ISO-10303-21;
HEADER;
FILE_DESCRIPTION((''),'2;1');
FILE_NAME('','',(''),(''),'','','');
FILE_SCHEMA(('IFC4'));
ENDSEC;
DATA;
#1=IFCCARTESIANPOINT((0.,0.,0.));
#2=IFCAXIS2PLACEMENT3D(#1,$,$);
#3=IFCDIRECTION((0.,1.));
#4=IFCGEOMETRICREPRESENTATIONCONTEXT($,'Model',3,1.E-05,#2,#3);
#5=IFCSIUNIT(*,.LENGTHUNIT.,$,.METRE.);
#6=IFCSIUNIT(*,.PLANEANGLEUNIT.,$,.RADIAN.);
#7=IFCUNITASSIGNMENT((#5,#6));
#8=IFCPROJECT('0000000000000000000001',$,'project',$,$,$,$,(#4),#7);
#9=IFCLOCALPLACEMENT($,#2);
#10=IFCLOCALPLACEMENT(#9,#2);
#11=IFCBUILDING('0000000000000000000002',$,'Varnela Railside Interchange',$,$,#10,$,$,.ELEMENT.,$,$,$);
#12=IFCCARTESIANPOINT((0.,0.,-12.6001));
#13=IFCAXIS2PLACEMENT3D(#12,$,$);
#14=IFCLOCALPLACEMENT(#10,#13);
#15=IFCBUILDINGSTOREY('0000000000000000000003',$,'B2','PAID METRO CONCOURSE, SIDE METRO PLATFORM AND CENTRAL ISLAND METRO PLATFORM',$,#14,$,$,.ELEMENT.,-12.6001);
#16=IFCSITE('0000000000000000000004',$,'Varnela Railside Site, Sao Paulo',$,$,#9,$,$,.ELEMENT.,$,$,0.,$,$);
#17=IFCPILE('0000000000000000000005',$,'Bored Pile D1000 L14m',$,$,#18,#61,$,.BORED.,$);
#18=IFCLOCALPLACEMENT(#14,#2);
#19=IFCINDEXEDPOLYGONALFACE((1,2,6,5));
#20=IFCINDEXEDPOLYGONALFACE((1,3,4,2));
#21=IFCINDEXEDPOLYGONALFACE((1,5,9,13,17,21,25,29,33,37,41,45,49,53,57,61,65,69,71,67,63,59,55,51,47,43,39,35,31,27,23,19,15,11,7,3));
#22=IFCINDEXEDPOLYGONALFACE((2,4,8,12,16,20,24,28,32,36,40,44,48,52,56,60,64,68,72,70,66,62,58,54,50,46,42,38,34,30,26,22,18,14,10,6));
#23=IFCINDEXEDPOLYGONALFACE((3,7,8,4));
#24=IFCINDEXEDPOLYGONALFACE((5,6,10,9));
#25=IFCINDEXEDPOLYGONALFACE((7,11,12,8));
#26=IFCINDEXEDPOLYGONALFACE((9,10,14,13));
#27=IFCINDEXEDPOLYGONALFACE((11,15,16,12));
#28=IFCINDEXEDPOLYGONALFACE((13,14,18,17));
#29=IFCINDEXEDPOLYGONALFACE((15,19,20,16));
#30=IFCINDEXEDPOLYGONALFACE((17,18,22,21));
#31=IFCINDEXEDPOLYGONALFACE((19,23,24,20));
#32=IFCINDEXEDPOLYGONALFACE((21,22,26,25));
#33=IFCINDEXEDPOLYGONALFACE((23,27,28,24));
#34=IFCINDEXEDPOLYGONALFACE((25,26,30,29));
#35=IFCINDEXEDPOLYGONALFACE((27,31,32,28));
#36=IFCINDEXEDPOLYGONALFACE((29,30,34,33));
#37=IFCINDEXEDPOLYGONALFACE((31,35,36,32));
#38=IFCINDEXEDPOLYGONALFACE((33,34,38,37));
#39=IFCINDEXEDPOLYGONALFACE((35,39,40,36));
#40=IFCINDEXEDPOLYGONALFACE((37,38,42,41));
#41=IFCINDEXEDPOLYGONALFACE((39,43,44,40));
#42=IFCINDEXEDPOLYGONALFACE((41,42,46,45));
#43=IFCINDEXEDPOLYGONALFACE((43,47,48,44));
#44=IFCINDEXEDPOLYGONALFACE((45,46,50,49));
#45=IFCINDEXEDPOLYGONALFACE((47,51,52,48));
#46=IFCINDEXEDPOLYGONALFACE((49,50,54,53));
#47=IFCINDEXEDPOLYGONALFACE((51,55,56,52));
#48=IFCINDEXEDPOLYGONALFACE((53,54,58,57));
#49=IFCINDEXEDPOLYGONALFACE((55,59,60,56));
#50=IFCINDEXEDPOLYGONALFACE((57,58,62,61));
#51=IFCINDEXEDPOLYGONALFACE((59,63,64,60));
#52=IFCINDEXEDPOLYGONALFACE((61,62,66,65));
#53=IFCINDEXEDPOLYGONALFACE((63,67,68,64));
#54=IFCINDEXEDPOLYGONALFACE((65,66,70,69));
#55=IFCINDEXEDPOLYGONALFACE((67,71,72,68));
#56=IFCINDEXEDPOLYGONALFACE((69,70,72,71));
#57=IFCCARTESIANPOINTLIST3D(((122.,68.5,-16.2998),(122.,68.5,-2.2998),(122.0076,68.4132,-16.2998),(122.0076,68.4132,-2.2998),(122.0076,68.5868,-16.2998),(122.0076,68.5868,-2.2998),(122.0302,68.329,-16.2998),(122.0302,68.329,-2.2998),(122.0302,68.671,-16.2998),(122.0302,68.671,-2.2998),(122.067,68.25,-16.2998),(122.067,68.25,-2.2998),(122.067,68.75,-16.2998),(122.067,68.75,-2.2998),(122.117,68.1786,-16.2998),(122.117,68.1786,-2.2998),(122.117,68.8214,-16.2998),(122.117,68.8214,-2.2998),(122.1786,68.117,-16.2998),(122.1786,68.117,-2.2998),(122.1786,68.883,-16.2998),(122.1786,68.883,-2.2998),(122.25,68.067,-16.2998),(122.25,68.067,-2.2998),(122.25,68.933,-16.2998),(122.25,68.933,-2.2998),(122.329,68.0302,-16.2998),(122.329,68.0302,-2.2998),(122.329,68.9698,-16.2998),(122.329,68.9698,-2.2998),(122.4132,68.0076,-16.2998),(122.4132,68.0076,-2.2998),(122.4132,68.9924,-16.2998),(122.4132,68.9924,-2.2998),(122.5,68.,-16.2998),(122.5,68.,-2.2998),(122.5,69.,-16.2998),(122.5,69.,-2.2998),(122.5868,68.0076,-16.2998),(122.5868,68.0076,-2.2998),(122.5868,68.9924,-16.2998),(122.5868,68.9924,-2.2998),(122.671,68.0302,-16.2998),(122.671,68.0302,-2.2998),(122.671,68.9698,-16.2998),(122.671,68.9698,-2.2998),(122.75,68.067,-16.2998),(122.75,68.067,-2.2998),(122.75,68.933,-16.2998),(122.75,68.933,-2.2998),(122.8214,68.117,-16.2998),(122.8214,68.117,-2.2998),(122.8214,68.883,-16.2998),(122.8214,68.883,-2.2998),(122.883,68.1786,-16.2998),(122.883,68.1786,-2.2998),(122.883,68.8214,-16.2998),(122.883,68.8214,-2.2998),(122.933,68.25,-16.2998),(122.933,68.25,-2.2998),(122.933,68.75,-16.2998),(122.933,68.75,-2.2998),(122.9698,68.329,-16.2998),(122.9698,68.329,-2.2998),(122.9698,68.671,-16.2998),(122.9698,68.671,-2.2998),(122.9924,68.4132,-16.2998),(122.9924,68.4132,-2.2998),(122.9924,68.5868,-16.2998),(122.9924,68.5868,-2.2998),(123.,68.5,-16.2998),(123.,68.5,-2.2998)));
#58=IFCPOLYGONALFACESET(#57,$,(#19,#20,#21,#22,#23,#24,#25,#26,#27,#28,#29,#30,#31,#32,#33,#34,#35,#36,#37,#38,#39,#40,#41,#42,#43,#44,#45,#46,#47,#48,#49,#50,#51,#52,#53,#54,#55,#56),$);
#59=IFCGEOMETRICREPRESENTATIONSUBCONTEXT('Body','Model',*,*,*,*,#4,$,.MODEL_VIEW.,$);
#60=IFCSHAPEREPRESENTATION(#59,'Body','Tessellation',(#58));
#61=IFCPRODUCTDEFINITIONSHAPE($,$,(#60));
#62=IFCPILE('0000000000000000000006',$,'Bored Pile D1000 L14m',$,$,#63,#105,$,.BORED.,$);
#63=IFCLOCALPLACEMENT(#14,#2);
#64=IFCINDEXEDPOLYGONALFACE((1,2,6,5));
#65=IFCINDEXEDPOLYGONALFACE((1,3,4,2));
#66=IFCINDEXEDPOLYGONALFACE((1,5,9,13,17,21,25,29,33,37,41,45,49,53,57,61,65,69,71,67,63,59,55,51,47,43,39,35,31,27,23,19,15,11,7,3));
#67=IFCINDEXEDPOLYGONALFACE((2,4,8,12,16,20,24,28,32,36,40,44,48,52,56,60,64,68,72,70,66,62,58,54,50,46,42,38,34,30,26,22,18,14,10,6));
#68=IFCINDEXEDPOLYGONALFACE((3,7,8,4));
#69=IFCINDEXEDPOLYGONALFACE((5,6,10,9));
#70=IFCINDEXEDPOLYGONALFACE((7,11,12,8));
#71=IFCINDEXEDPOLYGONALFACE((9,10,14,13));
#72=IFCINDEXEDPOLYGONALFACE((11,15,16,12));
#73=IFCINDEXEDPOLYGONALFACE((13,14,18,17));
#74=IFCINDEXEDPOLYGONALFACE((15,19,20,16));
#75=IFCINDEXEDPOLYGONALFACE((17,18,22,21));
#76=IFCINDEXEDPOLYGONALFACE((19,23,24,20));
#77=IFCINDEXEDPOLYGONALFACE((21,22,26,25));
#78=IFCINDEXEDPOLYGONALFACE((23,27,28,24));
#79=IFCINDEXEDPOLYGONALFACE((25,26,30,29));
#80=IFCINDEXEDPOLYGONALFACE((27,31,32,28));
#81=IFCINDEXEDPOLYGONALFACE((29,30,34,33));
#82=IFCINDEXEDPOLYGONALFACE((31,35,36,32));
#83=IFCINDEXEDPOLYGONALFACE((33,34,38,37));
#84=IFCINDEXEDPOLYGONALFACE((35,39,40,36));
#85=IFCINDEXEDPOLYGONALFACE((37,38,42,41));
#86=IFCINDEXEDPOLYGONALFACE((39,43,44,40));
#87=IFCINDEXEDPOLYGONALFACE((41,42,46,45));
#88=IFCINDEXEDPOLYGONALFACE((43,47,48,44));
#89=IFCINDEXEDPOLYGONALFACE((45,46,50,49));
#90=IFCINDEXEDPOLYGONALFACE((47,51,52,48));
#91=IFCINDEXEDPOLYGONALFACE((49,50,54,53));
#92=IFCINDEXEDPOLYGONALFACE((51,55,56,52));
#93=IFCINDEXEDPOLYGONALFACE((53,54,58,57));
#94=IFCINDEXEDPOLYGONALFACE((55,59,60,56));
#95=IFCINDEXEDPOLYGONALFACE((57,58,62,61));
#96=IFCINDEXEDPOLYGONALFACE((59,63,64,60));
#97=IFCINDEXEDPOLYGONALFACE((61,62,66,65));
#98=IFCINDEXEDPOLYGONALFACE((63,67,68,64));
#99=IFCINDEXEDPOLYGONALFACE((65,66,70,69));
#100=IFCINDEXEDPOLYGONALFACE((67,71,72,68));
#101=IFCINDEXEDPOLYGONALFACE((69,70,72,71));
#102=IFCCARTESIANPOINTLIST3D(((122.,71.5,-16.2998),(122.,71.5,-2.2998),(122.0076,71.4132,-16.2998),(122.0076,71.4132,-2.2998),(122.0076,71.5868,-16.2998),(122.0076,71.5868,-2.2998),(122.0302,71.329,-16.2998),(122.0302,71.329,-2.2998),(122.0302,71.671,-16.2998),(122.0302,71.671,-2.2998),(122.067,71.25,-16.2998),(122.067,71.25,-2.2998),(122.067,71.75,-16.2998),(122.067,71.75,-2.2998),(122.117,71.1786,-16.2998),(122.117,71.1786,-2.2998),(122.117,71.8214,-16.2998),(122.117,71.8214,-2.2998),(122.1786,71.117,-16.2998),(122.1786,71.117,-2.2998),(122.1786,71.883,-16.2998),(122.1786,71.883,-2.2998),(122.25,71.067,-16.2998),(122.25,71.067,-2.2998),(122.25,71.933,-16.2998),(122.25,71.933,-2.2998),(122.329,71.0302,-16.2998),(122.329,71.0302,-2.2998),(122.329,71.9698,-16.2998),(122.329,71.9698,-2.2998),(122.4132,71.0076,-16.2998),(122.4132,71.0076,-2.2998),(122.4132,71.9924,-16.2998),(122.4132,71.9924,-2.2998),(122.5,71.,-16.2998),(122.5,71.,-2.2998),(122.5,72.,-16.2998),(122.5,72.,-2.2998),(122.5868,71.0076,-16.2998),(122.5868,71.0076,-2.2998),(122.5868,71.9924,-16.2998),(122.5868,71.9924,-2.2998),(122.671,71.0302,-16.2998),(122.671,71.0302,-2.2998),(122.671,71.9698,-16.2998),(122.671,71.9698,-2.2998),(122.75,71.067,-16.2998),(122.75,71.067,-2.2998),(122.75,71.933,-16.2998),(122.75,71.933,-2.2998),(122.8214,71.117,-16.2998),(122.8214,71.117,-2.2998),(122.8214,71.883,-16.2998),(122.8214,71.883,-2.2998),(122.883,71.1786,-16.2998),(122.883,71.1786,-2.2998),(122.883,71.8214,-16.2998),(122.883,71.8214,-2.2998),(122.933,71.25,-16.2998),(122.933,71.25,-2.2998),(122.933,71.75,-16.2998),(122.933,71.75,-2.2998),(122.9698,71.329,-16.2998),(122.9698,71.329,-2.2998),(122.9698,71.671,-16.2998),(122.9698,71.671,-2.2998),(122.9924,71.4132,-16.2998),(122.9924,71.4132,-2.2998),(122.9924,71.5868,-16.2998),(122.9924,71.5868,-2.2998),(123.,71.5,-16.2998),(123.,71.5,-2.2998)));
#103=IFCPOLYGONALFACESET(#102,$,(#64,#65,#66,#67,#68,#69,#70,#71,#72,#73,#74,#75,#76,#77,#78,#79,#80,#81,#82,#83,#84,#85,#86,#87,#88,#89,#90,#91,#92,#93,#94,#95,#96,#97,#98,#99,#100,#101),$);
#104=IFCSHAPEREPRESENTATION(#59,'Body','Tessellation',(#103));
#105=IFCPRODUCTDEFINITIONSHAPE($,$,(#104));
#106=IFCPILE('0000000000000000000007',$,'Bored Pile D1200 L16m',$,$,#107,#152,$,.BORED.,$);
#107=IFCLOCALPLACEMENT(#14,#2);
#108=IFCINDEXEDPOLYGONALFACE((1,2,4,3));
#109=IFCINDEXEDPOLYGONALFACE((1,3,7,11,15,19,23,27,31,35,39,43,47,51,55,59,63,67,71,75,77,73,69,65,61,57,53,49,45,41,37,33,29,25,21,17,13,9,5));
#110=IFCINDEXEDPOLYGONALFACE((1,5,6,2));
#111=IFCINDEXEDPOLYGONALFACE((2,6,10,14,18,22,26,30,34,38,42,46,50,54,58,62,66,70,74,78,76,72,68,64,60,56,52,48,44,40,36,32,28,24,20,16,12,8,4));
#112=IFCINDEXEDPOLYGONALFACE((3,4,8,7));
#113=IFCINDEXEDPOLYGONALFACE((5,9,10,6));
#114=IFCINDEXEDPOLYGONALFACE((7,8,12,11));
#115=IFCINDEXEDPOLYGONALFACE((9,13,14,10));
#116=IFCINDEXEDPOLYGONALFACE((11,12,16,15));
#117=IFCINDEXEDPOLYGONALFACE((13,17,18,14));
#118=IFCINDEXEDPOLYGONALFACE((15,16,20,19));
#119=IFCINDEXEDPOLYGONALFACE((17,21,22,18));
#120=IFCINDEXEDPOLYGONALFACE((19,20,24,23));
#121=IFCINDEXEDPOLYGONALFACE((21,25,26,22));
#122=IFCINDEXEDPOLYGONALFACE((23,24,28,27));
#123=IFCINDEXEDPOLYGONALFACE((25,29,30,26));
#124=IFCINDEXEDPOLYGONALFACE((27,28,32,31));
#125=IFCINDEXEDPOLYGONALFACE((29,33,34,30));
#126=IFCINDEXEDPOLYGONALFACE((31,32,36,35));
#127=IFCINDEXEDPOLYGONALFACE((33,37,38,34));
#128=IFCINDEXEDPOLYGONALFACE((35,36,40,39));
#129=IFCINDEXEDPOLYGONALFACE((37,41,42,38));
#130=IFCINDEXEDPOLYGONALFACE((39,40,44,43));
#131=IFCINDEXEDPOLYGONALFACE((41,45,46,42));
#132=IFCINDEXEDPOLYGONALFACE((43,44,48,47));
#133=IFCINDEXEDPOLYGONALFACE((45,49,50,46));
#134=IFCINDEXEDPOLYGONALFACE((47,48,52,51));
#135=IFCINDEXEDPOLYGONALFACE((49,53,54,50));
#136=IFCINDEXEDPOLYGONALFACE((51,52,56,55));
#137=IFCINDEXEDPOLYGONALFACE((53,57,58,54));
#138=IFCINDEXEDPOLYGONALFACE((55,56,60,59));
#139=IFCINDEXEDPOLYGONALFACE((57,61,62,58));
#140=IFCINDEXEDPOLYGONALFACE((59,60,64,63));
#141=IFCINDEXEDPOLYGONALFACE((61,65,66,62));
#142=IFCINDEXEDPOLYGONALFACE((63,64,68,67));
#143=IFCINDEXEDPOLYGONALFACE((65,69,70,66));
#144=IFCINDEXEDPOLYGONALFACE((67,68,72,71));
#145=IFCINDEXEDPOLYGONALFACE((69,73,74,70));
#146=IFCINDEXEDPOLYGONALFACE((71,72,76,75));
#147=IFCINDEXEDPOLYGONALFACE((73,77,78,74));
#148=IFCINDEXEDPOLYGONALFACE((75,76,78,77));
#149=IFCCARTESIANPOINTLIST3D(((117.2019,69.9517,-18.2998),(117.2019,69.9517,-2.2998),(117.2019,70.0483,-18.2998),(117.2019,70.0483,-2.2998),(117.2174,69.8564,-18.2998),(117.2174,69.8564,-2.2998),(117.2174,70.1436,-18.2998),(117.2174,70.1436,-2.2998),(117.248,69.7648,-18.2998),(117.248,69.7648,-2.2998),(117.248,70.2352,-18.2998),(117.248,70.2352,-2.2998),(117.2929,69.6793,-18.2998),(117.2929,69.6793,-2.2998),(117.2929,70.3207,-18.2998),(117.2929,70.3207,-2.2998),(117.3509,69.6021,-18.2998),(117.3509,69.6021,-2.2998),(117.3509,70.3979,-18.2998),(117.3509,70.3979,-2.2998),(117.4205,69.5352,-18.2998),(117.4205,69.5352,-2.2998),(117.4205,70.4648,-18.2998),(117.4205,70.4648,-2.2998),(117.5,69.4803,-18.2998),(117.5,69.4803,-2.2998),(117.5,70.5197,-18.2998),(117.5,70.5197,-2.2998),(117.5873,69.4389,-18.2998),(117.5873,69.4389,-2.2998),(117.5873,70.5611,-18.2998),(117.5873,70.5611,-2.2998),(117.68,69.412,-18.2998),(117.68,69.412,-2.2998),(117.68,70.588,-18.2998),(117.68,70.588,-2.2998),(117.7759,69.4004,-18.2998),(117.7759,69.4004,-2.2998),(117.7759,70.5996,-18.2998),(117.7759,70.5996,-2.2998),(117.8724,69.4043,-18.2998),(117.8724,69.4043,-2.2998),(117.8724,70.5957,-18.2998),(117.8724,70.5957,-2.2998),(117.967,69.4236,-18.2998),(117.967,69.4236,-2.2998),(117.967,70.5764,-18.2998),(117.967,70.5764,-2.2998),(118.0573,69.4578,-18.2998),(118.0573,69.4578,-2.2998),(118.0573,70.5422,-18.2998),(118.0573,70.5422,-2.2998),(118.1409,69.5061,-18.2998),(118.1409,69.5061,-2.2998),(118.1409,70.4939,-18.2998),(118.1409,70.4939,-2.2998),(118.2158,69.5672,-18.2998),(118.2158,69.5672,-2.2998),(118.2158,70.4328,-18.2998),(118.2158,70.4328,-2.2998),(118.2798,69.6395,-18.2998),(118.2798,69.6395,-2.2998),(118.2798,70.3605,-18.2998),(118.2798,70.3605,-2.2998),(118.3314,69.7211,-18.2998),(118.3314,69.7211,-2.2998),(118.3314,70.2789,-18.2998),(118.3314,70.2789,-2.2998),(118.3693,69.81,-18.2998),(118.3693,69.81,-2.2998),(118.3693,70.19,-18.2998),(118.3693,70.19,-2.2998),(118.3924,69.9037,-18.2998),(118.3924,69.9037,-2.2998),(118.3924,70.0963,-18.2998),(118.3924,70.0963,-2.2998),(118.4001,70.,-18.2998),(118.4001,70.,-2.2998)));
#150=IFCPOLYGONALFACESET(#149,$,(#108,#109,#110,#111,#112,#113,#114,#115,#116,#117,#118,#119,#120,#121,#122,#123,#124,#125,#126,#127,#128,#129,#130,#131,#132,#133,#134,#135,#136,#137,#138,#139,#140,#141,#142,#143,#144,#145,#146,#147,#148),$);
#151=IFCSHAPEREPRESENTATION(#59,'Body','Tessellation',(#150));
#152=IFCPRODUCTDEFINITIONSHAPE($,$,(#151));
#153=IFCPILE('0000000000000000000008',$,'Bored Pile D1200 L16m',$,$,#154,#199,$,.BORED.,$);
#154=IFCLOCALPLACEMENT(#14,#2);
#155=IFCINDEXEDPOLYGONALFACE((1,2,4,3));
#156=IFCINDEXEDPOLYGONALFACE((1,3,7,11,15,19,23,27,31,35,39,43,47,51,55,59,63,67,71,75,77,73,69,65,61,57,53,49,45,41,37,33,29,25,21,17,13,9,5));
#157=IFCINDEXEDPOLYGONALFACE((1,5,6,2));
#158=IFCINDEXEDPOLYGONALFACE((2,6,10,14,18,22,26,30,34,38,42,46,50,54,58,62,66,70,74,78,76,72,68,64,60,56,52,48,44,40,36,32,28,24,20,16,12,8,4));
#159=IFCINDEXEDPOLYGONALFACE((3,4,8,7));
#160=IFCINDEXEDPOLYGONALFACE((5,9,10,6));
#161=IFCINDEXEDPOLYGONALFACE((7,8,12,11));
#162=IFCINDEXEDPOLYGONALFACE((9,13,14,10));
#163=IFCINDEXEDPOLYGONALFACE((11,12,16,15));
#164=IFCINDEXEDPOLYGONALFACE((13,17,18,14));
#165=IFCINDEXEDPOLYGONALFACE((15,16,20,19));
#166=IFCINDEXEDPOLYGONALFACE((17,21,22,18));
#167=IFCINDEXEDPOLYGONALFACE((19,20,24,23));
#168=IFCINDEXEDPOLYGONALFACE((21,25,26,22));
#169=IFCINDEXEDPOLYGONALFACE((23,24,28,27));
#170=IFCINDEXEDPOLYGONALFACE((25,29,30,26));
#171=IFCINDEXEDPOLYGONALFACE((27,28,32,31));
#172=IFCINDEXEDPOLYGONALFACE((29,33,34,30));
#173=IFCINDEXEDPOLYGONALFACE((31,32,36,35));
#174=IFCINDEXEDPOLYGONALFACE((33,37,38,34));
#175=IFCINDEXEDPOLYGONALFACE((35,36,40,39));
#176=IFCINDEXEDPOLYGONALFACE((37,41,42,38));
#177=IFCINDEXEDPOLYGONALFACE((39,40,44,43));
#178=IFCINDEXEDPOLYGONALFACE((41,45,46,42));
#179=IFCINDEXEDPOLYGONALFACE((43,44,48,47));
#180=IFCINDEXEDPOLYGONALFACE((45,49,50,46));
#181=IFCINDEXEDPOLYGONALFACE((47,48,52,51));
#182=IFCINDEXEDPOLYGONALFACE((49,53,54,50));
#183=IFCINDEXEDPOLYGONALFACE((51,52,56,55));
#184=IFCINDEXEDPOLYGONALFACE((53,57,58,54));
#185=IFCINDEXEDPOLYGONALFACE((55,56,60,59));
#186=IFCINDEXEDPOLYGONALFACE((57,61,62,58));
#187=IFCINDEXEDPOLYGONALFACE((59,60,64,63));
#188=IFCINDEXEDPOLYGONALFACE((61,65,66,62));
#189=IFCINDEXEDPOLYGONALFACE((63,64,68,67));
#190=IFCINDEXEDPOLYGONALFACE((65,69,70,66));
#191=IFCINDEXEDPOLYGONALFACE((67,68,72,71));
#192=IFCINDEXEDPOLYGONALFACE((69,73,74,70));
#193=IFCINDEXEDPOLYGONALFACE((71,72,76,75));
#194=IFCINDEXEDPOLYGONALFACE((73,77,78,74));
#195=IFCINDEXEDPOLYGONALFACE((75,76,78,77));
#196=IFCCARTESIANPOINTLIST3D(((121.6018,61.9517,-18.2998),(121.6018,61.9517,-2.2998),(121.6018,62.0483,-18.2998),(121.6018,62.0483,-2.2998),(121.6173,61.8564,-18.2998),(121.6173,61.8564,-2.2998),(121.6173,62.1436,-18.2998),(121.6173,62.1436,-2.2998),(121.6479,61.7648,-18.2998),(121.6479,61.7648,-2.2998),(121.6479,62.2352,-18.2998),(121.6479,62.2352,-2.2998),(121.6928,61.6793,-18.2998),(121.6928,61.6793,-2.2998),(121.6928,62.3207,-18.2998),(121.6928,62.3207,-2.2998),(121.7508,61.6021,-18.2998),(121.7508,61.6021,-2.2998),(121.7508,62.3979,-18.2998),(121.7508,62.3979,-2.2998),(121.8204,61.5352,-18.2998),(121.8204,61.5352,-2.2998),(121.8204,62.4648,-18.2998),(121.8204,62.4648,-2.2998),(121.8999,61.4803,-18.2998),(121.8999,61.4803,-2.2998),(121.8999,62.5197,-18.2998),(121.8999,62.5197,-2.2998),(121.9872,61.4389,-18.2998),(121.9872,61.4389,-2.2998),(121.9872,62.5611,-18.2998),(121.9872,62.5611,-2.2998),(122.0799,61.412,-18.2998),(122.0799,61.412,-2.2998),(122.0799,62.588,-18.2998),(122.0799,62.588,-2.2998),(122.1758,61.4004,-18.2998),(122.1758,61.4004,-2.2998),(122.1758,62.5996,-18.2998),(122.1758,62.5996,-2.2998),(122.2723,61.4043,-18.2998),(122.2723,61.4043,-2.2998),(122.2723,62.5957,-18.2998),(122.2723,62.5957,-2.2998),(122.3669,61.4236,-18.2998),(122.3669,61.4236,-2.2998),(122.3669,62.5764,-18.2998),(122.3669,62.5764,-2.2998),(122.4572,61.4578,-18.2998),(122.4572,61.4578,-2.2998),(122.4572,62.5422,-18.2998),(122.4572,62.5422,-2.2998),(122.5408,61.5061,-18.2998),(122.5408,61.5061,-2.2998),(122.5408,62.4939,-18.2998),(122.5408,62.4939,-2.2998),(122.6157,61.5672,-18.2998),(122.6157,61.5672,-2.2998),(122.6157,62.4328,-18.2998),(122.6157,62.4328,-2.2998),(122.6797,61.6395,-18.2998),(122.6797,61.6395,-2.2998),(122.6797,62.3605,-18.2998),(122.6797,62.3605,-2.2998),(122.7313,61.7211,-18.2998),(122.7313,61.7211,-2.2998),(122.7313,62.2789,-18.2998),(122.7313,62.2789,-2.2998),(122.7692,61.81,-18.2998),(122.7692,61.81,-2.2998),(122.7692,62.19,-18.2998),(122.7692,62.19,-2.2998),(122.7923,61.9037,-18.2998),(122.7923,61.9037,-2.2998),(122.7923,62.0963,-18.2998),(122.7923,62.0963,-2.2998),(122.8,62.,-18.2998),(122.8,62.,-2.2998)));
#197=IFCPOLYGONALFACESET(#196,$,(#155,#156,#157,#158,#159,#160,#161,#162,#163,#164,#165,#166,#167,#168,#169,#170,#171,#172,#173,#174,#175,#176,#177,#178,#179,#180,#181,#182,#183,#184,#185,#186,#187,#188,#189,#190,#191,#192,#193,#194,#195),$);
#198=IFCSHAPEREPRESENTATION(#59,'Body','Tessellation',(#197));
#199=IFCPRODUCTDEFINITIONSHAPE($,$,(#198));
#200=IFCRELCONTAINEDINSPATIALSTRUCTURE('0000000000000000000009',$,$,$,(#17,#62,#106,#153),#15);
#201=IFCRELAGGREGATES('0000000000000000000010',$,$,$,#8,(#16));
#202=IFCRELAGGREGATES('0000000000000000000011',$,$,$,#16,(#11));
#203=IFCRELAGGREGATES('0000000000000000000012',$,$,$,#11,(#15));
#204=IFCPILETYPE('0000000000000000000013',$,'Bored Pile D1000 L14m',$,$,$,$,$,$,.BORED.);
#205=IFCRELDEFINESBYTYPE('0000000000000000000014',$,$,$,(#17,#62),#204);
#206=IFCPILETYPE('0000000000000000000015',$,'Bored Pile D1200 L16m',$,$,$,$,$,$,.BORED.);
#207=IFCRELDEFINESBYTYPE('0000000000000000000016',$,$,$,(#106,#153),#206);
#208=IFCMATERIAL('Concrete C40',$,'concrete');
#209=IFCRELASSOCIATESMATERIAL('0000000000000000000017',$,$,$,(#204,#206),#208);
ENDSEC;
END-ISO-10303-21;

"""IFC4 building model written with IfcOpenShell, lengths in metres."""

from ifc_helpers import new_model, si_unit, direction, frame, origin, origin_2d, place, context, subcontext, project, spatial, circle, extrude, material, material_profile, profile_set, type_object, element, save


model = new_model("IFC4")

# Units and contexts
model_context = context("Model", 3, precision=1e-05, world=origin(), true_north=direction((0.0, 1.0)))
body_context = subcontext(model_context, "Body", "Model", "MODEL_VIEW")
ifc_project = project(units=[si_unit("LENGTHUNIT", "METRE"), si_unit("PLANEANGLEUNIT", "RADIAN")], contexts=[model_context])

# Site, building, storey
site_placement = place(None, origin())
site = spatial("IfcSite", under=ifc_project, at=site_placement, Name="Varnela Railside Site, Sao Paulo", CompositionType="ELEMENT", RefElevation=0.0)
building_placement = place(site_placement, origin())
building = spatial("IfcBuilding", under=site, at=building_placement, Name="Varnela Railside Interchange", CompositionType="ELEMENT")
storey_placement = place(building_placement, frame((0.0, 0.0, -12.6001)))
storey = spatial("IfcBuildingStorey", under=building, at=storey_placement, Name="B2", Description="PAID METRO CONCOURSE, SIDE METRO PLATFORM AND CENTRAL ISLAND METRO PLATFORM", CompositionType="ELEMENT", Elevation=-12.6001)

# Piles
ifc_material_1 = material(Name="Concrete C40", Category="concrete")
ifc_material_profile_1 = material_profile(ifc_material_1, circle(Radius=0.5, at=origin_2d()), Name="BORED PILE D1000")
ifc_profile_set_1 = profile_set([ifc_material_profile_1], Name="Concrete C40")
pile_type_1 = type_object("IfcPileType", Name="Bored Pile D1000 L14m", PredefinedType="BORED", material=ifc_profile_set_1)
for number, where, z_axis, x_axis, name in (
    (1, (122.5, 68.5, -2.2998), (0.0, 0.0, -1.0), (1.0, 0.0, 0.0), "Bored Pile D1000 L14m"),
    (2, (122.5, 71.5, -2.2998), (0.0, 0.0, -1.0), (1.0, 0.0, 0.0), "Bored Pile D1000 L14m"),
):
    element("IfcPile", number, at=place(storey_placement, frame(where, z_axis=z_axis, x_axis=x_axis)), inside=storey, type_object=pile_type_1, Name=name, PredefinedType="BORED", context=body_context, shape_type="SweptSolid", body=[
        extrude(circle(Radius=0.5, at=origin_2d()), origin(), (0.0, 0.0, 1.0), 14.0),
    ])
ifc_material_profile_2 = material_profile(ifc_material_1, circle(Radius=0.6001, at=origin_2d()), Name="BORED PILE D1200")
ifc_profile_set_2 = profile_set([ifc_material_profile_2], Name="Concrete C40")
pile_type_2 = type_object("IfcPileType", Name="Bored Pile D1200 L16m", PredefinedType="BORED", material=ifc_profile_set_2)
for number, where, z_axis, x_axis, name in (
    (3, (117.8, 70.0, -2.2998), (0.0, 0.0, -1.0), (1.0, 0.0, 0.0), "Bored Pile D1200 L16m"),
    (4, (122.2, 62.0, -2.2998), (0.0, 0.0, -1.0), (1.0, 0.0, 0.0), "Bored Pile D1200 L16m"),
):
    element("IfcPile", number, at=place(storey_placement, frame(where, z_axis=z_axis, x_axis=x_axis)), inside=storey, type_object=pile_type_2, Name=name, PredefinedType="BORED", context=body_context, shape_type="SweptSolid", body=[
        extrude(circle(Radius=0.6001, at=origin_2d()), origin(), (0.0, 0.0, 1.0), 16.0),
    ])

save(model, "model.ifc")
